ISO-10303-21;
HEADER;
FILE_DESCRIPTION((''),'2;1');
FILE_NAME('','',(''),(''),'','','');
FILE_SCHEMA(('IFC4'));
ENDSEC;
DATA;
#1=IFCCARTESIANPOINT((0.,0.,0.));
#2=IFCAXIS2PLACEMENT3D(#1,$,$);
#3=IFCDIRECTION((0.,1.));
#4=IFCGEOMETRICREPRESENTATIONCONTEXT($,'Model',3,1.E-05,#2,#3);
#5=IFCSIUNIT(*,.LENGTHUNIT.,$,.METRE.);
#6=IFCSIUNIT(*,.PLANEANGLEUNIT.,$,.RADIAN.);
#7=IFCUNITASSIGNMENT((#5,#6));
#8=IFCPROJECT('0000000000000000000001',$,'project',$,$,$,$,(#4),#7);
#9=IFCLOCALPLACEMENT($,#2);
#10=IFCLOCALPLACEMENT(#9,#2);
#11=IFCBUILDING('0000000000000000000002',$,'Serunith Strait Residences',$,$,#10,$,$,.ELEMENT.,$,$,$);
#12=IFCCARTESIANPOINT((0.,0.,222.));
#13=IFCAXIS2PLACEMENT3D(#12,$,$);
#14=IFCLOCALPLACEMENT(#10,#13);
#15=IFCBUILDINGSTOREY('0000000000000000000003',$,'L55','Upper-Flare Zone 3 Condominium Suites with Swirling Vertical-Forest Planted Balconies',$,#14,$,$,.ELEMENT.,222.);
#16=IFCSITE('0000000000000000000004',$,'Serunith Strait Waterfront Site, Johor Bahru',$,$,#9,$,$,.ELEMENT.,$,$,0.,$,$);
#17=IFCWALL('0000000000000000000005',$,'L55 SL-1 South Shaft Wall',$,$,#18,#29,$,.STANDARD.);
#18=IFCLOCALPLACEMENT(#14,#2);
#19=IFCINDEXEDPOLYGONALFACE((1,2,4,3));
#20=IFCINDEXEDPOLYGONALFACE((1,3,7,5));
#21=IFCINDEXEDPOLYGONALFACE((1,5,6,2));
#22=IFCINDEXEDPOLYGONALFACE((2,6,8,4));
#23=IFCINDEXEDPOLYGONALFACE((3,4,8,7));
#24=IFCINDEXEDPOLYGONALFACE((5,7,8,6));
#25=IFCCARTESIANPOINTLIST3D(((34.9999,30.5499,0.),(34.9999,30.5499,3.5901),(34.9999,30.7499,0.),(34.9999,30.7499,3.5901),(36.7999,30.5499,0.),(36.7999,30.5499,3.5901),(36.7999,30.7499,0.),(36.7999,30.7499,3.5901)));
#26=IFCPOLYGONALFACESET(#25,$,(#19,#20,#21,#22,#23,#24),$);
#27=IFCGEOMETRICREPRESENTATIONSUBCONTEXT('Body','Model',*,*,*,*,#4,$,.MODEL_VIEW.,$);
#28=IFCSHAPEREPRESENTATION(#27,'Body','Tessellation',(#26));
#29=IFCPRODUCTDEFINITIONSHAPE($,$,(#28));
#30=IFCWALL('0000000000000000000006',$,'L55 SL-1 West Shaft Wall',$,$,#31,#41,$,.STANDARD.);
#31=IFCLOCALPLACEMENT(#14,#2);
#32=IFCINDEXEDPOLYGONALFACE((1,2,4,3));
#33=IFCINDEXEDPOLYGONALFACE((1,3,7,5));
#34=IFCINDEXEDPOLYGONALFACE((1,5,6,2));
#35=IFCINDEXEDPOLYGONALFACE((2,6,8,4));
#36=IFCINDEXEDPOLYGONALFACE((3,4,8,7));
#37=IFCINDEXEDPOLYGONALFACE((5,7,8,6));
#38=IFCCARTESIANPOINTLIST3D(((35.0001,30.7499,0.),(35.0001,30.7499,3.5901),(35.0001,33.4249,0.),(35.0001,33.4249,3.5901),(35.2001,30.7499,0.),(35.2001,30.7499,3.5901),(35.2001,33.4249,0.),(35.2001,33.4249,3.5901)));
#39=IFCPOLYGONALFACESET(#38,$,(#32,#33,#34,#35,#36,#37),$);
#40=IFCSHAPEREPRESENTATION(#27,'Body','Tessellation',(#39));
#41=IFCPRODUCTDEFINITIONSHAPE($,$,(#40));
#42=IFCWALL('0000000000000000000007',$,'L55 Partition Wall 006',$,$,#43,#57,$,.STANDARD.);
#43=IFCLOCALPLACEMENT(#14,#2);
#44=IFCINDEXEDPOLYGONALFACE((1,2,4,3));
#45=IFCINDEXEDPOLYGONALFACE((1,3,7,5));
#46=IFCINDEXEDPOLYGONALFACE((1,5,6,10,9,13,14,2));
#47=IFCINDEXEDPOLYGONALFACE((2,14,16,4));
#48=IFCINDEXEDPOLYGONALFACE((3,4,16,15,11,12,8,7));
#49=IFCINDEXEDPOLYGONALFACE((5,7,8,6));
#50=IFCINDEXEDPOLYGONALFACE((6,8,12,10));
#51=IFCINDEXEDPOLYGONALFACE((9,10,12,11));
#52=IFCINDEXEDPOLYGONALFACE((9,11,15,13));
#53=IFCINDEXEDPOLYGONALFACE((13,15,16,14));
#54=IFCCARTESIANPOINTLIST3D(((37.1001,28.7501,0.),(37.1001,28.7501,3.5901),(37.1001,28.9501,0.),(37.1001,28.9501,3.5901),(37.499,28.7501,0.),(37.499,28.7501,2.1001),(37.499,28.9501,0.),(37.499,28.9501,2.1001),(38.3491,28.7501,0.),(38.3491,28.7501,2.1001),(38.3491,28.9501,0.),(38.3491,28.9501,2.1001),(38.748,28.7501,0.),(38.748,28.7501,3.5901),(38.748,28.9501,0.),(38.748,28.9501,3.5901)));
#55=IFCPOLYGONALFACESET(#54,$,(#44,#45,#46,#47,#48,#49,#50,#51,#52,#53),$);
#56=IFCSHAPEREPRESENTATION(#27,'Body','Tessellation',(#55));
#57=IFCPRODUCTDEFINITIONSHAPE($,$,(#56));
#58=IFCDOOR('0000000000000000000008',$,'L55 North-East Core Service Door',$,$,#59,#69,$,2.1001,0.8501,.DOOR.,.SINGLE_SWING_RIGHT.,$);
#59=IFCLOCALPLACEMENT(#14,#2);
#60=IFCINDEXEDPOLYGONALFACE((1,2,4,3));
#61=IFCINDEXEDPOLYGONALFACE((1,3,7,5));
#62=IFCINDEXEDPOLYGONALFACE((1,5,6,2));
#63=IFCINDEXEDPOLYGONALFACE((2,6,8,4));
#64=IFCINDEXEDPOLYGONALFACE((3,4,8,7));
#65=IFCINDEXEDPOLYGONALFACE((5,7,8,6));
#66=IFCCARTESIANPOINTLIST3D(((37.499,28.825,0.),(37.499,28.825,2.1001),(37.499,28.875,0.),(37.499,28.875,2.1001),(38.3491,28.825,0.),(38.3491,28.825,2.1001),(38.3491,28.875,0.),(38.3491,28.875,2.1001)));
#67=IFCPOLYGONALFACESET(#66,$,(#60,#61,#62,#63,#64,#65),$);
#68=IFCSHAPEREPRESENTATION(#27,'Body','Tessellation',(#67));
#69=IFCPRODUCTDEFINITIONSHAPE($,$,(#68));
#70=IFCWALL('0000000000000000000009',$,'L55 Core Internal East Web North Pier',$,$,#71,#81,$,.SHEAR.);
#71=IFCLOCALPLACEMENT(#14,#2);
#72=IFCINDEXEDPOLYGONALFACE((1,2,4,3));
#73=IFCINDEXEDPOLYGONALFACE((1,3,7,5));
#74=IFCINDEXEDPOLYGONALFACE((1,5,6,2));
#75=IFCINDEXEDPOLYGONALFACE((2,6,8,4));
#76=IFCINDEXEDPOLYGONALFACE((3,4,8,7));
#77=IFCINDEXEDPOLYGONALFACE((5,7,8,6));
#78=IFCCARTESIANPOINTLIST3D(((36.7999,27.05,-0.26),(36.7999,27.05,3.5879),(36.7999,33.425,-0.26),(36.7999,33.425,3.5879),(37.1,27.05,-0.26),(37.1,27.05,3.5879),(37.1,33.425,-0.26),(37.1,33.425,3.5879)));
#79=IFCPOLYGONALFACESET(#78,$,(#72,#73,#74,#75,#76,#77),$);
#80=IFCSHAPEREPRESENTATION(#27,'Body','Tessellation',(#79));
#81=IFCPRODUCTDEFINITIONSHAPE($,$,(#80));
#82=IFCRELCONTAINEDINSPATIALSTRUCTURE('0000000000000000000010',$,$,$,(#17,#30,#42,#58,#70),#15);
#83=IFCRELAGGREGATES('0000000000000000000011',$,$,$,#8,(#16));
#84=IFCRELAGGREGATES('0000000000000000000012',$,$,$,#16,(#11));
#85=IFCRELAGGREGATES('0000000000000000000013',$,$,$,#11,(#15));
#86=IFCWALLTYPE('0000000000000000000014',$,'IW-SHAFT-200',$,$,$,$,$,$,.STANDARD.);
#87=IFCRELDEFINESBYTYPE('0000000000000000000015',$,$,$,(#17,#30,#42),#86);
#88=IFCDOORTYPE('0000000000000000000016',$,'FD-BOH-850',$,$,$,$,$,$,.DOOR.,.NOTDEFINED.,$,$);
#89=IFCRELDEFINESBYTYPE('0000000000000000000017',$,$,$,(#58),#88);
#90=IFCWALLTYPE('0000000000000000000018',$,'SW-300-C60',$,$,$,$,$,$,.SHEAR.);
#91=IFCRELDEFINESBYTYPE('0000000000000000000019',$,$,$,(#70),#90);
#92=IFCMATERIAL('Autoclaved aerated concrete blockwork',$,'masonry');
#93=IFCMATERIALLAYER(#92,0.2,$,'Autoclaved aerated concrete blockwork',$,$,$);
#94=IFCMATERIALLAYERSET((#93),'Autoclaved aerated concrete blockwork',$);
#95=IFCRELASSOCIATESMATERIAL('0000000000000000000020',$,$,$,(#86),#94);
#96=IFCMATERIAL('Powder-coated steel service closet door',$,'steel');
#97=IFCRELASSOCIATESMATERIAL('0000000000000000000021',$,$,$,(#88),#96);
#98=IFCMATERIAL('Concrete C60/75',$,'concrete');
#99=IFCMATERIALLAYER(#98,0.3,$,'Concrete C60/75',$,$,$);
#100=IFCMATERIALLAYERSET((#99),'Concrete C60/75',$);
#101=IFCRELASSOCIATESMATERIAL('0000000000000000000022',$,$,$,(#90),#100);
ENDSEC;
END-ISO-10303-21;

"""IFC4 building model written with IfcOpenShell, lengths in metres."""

from ifc_helpers import new_model, si_unit, direction, frame, frame_2d, origin, place, context, subcontext, project, spatial, rectangle, extrude, source, transform, mapped, material, layer, layer_set, type_object, element, fill, save


model = new_model("IFC4")

# Units and contexts
model_context = context("Model", 3, precision=1e-05, world=origin(), true_north=direction((0.0, 1.0)))
body_context = subcontext(model_context, "Body", "Model", "MODEL_VIEW")
ifc_project = project(units=[si_unit("LENGTHUNIT", "METRE"), si_unit("PLANEANGLEUNIT", "RADIAN")], contexts=[model_context])

# Site, building, storey
site_placement = place(None, origin())
site = spatial("IfcSite", under=ifc_project, at=site_placement, Name="Serunith Strait Waterfront Site, Johor Bahru", CompositionType="ELEMENT", RefElevation=0.0)
building_placement = place(site_placement, origin())
building = spatial("IfcBuilding", under=site, at=building_placement, Name="Serunith Strait Residences", CompositionType="ELEMENT")
storey_placement = place(building_placement, frame((0.0, 0.0, 222.0)))
storey = spatial("IfcBuildingStorey", under=building, at=storey_placement, Name="L55", Description="Upper-Flare Zone 3 Condominium Suites with Swirling Vertical-Forest Planted Balconies", CompositionType="ELEMENT", Elevation=222.0)

# Shared definitions
ifc_material_1 = material(Name="Autoclaved aerated concrete blockwork", Category="masonry")
ifc_layer_1 = layer(ifc_material_1, 0.2, Name="Autoclaved aerated concrete blockwork")
ifc_layer_set_1 = layer_set([ifc_layer_1], Name="Autoclaved aerated concrete blockwork")
wall_type_1 = type_object("IfcWallType", Name="IW-SHAFT-200", PredefinedType="STANDARD", material=ifc_layer_set_1)

# Walls
wall_1_placement = place(storey_placement, frame((35.0, 30.6499, 0.0), z_axis=(0.0, 0.0, 1.0), x_axis=(1.0, 0.0, 0.0)))
element("IfcWall", 1, at=wall_1_placement, inside=storey, type_object=wall_type_1, Name="L55 SL-1 South Shaft Wall", PredefinedType="STANDARD", context=body_context, shape_type="SweptSolid", body=[
    extrude(rectangle(XDim=1.8, YDim=0.2, at=frame_2d((0.8999, 0.0))), origin(), (0.0, 0.0, 1.0), 3.5901),
])
wall_2_placement = place(storey_placement, frame((35.1001, 30.75, 0.0), z_axis=(0.0, 0.0, 1.0), x_axis=(0.0, 1.0, 0.0)))
element("IfcWall", 2, at=wall_2_placement, inside=storey, type_object=wall_type_1, Name="L55 SL-1 West Shaft Wall", PredefinedType="STANDARD", context=body_context, shape_type="SweptSolid", body=[
    extrude(rectangle(XDim=2.675, YDim=0.2, at=frame_2d((1.3374, 0.0))), origin(), (0.0, 0.0, 1.0), 3.5901),
])

# Wall, opening, door
wall_3_placement = place(storey_placement, frame((37.1001, 28.8501, 0.0), z_axis=(0.0, 0.0, 1.0), x_axis=(1.0, 0.0, 0.0)))
wall_3 = element("IfcWall", 3, at=wall_3_placement, inside=storey, type_object=wall_type_1, Name="L55 Partition Wall 006", PredefinedType="STANDARD", context=body_context, shape_type="SweptSolid", body=[
    extrude(rectangle(XDim=1.6479, YDim=0.2, at=frame_2d((0.824, 0.0))), origin(), (0.0, 0.0, 1.0), 3.5901),
])
opening_1_placement = place(wall_3_placement, frame((0.3989, 0.0, 0.0)))
opening_1 = element("IfcOpeningElement", 4, at=opening_1_placement, cuts=wall_3, PredefinedType="OPENING", context=body_context, shape_type="SweptSolid", body=[
    extrude(rectangle(XDim=0.8501, YDim=2.1001, at=frame_2d((0.425, 1.05))), frame((0.0, 0.1099, 0.0), z_axis=(0.0, -1.0, 0.0), x_axis=(1.0, 0.0, 0.0)), (0.0, 0.0, 1.0), 0.22),
])
ifc_material_2 = material(Name="Powder-coated steel service closet door", Category="steel")
door_type_1 = type_object("IfcDoorType", Name="FD-BOH-850", OperationType="NOTDEFINED", PredefinedType="DOOR", material=ifc_material_2)
shared_shape_1 = source(origin(), body_context, "Body", "SweptSolid", [
    extrude(rectangle(XDim=0.8501, YDim=2.1001, at=frame_2d((0.425, 1.05))), frame((0.0, 0.0249, 0.0), z_axis=(0.0, -1.0, 0.0), x_axis=(1.0, 0.0, 0.0)), (0.0, 0.0, 1.0), 0.05),
])
door_1_placement = place(opening_1_placement, origin())
door_1 = element("IfcDoor", 5, at=door_1_placement, inside=storey, type_object=door_type_1, Name="L55 North-East Core Service Door", OperationType="SINGLE_SWING_RIGHT", OverallHeight=2.1001, OverallWidth=0.8501, PredefinedType="DOOR", context=body_context, shape_type="MappedRepresentation", body=[
    mapped(shared_shape_1, transform((0.0, 0.0, 0.0), scale=1.0)),
])
fill(opening_1, door_1)

# Wall
ifc_material_3 = material(Name="Concrete C60/75", Category="concrete")
ifc_layer_2 = layer(ifc_material_3, 0.3, Name="Concrete C60/75")
ifc_layer_set_2 = layer_set([ifc_layer_2], Name="Concrete C60/75")
wall_type_2 = type_object("IfcWallType", Name="SW-300-C60", PredefinedType="SHEAR", material=ifc_layer_set_2)
wall_4_placement = place(storey_placement, frame((36.95, 27.05, -0.26), z_axis=(0.0, 0.0, 1.0), x_axis=(0.0, 1.0, 0.0)))
element("IfcWall", 6, at=wall_4_placement, inside=storey, type_object=wall_type_2, Name="L55 Core Internal East Web North Pier", PredefinedType="SHEAR", context=body_context, shape_type="SweptSolid", body=[
    extrude(rectangle(XDim=6.375, YDim=0.3, at=frame_2d((3.1875, 0.0))), origin(), (0.0, 0.0, 1.0), 3.8479),
])

save(model, "model.ifc")
